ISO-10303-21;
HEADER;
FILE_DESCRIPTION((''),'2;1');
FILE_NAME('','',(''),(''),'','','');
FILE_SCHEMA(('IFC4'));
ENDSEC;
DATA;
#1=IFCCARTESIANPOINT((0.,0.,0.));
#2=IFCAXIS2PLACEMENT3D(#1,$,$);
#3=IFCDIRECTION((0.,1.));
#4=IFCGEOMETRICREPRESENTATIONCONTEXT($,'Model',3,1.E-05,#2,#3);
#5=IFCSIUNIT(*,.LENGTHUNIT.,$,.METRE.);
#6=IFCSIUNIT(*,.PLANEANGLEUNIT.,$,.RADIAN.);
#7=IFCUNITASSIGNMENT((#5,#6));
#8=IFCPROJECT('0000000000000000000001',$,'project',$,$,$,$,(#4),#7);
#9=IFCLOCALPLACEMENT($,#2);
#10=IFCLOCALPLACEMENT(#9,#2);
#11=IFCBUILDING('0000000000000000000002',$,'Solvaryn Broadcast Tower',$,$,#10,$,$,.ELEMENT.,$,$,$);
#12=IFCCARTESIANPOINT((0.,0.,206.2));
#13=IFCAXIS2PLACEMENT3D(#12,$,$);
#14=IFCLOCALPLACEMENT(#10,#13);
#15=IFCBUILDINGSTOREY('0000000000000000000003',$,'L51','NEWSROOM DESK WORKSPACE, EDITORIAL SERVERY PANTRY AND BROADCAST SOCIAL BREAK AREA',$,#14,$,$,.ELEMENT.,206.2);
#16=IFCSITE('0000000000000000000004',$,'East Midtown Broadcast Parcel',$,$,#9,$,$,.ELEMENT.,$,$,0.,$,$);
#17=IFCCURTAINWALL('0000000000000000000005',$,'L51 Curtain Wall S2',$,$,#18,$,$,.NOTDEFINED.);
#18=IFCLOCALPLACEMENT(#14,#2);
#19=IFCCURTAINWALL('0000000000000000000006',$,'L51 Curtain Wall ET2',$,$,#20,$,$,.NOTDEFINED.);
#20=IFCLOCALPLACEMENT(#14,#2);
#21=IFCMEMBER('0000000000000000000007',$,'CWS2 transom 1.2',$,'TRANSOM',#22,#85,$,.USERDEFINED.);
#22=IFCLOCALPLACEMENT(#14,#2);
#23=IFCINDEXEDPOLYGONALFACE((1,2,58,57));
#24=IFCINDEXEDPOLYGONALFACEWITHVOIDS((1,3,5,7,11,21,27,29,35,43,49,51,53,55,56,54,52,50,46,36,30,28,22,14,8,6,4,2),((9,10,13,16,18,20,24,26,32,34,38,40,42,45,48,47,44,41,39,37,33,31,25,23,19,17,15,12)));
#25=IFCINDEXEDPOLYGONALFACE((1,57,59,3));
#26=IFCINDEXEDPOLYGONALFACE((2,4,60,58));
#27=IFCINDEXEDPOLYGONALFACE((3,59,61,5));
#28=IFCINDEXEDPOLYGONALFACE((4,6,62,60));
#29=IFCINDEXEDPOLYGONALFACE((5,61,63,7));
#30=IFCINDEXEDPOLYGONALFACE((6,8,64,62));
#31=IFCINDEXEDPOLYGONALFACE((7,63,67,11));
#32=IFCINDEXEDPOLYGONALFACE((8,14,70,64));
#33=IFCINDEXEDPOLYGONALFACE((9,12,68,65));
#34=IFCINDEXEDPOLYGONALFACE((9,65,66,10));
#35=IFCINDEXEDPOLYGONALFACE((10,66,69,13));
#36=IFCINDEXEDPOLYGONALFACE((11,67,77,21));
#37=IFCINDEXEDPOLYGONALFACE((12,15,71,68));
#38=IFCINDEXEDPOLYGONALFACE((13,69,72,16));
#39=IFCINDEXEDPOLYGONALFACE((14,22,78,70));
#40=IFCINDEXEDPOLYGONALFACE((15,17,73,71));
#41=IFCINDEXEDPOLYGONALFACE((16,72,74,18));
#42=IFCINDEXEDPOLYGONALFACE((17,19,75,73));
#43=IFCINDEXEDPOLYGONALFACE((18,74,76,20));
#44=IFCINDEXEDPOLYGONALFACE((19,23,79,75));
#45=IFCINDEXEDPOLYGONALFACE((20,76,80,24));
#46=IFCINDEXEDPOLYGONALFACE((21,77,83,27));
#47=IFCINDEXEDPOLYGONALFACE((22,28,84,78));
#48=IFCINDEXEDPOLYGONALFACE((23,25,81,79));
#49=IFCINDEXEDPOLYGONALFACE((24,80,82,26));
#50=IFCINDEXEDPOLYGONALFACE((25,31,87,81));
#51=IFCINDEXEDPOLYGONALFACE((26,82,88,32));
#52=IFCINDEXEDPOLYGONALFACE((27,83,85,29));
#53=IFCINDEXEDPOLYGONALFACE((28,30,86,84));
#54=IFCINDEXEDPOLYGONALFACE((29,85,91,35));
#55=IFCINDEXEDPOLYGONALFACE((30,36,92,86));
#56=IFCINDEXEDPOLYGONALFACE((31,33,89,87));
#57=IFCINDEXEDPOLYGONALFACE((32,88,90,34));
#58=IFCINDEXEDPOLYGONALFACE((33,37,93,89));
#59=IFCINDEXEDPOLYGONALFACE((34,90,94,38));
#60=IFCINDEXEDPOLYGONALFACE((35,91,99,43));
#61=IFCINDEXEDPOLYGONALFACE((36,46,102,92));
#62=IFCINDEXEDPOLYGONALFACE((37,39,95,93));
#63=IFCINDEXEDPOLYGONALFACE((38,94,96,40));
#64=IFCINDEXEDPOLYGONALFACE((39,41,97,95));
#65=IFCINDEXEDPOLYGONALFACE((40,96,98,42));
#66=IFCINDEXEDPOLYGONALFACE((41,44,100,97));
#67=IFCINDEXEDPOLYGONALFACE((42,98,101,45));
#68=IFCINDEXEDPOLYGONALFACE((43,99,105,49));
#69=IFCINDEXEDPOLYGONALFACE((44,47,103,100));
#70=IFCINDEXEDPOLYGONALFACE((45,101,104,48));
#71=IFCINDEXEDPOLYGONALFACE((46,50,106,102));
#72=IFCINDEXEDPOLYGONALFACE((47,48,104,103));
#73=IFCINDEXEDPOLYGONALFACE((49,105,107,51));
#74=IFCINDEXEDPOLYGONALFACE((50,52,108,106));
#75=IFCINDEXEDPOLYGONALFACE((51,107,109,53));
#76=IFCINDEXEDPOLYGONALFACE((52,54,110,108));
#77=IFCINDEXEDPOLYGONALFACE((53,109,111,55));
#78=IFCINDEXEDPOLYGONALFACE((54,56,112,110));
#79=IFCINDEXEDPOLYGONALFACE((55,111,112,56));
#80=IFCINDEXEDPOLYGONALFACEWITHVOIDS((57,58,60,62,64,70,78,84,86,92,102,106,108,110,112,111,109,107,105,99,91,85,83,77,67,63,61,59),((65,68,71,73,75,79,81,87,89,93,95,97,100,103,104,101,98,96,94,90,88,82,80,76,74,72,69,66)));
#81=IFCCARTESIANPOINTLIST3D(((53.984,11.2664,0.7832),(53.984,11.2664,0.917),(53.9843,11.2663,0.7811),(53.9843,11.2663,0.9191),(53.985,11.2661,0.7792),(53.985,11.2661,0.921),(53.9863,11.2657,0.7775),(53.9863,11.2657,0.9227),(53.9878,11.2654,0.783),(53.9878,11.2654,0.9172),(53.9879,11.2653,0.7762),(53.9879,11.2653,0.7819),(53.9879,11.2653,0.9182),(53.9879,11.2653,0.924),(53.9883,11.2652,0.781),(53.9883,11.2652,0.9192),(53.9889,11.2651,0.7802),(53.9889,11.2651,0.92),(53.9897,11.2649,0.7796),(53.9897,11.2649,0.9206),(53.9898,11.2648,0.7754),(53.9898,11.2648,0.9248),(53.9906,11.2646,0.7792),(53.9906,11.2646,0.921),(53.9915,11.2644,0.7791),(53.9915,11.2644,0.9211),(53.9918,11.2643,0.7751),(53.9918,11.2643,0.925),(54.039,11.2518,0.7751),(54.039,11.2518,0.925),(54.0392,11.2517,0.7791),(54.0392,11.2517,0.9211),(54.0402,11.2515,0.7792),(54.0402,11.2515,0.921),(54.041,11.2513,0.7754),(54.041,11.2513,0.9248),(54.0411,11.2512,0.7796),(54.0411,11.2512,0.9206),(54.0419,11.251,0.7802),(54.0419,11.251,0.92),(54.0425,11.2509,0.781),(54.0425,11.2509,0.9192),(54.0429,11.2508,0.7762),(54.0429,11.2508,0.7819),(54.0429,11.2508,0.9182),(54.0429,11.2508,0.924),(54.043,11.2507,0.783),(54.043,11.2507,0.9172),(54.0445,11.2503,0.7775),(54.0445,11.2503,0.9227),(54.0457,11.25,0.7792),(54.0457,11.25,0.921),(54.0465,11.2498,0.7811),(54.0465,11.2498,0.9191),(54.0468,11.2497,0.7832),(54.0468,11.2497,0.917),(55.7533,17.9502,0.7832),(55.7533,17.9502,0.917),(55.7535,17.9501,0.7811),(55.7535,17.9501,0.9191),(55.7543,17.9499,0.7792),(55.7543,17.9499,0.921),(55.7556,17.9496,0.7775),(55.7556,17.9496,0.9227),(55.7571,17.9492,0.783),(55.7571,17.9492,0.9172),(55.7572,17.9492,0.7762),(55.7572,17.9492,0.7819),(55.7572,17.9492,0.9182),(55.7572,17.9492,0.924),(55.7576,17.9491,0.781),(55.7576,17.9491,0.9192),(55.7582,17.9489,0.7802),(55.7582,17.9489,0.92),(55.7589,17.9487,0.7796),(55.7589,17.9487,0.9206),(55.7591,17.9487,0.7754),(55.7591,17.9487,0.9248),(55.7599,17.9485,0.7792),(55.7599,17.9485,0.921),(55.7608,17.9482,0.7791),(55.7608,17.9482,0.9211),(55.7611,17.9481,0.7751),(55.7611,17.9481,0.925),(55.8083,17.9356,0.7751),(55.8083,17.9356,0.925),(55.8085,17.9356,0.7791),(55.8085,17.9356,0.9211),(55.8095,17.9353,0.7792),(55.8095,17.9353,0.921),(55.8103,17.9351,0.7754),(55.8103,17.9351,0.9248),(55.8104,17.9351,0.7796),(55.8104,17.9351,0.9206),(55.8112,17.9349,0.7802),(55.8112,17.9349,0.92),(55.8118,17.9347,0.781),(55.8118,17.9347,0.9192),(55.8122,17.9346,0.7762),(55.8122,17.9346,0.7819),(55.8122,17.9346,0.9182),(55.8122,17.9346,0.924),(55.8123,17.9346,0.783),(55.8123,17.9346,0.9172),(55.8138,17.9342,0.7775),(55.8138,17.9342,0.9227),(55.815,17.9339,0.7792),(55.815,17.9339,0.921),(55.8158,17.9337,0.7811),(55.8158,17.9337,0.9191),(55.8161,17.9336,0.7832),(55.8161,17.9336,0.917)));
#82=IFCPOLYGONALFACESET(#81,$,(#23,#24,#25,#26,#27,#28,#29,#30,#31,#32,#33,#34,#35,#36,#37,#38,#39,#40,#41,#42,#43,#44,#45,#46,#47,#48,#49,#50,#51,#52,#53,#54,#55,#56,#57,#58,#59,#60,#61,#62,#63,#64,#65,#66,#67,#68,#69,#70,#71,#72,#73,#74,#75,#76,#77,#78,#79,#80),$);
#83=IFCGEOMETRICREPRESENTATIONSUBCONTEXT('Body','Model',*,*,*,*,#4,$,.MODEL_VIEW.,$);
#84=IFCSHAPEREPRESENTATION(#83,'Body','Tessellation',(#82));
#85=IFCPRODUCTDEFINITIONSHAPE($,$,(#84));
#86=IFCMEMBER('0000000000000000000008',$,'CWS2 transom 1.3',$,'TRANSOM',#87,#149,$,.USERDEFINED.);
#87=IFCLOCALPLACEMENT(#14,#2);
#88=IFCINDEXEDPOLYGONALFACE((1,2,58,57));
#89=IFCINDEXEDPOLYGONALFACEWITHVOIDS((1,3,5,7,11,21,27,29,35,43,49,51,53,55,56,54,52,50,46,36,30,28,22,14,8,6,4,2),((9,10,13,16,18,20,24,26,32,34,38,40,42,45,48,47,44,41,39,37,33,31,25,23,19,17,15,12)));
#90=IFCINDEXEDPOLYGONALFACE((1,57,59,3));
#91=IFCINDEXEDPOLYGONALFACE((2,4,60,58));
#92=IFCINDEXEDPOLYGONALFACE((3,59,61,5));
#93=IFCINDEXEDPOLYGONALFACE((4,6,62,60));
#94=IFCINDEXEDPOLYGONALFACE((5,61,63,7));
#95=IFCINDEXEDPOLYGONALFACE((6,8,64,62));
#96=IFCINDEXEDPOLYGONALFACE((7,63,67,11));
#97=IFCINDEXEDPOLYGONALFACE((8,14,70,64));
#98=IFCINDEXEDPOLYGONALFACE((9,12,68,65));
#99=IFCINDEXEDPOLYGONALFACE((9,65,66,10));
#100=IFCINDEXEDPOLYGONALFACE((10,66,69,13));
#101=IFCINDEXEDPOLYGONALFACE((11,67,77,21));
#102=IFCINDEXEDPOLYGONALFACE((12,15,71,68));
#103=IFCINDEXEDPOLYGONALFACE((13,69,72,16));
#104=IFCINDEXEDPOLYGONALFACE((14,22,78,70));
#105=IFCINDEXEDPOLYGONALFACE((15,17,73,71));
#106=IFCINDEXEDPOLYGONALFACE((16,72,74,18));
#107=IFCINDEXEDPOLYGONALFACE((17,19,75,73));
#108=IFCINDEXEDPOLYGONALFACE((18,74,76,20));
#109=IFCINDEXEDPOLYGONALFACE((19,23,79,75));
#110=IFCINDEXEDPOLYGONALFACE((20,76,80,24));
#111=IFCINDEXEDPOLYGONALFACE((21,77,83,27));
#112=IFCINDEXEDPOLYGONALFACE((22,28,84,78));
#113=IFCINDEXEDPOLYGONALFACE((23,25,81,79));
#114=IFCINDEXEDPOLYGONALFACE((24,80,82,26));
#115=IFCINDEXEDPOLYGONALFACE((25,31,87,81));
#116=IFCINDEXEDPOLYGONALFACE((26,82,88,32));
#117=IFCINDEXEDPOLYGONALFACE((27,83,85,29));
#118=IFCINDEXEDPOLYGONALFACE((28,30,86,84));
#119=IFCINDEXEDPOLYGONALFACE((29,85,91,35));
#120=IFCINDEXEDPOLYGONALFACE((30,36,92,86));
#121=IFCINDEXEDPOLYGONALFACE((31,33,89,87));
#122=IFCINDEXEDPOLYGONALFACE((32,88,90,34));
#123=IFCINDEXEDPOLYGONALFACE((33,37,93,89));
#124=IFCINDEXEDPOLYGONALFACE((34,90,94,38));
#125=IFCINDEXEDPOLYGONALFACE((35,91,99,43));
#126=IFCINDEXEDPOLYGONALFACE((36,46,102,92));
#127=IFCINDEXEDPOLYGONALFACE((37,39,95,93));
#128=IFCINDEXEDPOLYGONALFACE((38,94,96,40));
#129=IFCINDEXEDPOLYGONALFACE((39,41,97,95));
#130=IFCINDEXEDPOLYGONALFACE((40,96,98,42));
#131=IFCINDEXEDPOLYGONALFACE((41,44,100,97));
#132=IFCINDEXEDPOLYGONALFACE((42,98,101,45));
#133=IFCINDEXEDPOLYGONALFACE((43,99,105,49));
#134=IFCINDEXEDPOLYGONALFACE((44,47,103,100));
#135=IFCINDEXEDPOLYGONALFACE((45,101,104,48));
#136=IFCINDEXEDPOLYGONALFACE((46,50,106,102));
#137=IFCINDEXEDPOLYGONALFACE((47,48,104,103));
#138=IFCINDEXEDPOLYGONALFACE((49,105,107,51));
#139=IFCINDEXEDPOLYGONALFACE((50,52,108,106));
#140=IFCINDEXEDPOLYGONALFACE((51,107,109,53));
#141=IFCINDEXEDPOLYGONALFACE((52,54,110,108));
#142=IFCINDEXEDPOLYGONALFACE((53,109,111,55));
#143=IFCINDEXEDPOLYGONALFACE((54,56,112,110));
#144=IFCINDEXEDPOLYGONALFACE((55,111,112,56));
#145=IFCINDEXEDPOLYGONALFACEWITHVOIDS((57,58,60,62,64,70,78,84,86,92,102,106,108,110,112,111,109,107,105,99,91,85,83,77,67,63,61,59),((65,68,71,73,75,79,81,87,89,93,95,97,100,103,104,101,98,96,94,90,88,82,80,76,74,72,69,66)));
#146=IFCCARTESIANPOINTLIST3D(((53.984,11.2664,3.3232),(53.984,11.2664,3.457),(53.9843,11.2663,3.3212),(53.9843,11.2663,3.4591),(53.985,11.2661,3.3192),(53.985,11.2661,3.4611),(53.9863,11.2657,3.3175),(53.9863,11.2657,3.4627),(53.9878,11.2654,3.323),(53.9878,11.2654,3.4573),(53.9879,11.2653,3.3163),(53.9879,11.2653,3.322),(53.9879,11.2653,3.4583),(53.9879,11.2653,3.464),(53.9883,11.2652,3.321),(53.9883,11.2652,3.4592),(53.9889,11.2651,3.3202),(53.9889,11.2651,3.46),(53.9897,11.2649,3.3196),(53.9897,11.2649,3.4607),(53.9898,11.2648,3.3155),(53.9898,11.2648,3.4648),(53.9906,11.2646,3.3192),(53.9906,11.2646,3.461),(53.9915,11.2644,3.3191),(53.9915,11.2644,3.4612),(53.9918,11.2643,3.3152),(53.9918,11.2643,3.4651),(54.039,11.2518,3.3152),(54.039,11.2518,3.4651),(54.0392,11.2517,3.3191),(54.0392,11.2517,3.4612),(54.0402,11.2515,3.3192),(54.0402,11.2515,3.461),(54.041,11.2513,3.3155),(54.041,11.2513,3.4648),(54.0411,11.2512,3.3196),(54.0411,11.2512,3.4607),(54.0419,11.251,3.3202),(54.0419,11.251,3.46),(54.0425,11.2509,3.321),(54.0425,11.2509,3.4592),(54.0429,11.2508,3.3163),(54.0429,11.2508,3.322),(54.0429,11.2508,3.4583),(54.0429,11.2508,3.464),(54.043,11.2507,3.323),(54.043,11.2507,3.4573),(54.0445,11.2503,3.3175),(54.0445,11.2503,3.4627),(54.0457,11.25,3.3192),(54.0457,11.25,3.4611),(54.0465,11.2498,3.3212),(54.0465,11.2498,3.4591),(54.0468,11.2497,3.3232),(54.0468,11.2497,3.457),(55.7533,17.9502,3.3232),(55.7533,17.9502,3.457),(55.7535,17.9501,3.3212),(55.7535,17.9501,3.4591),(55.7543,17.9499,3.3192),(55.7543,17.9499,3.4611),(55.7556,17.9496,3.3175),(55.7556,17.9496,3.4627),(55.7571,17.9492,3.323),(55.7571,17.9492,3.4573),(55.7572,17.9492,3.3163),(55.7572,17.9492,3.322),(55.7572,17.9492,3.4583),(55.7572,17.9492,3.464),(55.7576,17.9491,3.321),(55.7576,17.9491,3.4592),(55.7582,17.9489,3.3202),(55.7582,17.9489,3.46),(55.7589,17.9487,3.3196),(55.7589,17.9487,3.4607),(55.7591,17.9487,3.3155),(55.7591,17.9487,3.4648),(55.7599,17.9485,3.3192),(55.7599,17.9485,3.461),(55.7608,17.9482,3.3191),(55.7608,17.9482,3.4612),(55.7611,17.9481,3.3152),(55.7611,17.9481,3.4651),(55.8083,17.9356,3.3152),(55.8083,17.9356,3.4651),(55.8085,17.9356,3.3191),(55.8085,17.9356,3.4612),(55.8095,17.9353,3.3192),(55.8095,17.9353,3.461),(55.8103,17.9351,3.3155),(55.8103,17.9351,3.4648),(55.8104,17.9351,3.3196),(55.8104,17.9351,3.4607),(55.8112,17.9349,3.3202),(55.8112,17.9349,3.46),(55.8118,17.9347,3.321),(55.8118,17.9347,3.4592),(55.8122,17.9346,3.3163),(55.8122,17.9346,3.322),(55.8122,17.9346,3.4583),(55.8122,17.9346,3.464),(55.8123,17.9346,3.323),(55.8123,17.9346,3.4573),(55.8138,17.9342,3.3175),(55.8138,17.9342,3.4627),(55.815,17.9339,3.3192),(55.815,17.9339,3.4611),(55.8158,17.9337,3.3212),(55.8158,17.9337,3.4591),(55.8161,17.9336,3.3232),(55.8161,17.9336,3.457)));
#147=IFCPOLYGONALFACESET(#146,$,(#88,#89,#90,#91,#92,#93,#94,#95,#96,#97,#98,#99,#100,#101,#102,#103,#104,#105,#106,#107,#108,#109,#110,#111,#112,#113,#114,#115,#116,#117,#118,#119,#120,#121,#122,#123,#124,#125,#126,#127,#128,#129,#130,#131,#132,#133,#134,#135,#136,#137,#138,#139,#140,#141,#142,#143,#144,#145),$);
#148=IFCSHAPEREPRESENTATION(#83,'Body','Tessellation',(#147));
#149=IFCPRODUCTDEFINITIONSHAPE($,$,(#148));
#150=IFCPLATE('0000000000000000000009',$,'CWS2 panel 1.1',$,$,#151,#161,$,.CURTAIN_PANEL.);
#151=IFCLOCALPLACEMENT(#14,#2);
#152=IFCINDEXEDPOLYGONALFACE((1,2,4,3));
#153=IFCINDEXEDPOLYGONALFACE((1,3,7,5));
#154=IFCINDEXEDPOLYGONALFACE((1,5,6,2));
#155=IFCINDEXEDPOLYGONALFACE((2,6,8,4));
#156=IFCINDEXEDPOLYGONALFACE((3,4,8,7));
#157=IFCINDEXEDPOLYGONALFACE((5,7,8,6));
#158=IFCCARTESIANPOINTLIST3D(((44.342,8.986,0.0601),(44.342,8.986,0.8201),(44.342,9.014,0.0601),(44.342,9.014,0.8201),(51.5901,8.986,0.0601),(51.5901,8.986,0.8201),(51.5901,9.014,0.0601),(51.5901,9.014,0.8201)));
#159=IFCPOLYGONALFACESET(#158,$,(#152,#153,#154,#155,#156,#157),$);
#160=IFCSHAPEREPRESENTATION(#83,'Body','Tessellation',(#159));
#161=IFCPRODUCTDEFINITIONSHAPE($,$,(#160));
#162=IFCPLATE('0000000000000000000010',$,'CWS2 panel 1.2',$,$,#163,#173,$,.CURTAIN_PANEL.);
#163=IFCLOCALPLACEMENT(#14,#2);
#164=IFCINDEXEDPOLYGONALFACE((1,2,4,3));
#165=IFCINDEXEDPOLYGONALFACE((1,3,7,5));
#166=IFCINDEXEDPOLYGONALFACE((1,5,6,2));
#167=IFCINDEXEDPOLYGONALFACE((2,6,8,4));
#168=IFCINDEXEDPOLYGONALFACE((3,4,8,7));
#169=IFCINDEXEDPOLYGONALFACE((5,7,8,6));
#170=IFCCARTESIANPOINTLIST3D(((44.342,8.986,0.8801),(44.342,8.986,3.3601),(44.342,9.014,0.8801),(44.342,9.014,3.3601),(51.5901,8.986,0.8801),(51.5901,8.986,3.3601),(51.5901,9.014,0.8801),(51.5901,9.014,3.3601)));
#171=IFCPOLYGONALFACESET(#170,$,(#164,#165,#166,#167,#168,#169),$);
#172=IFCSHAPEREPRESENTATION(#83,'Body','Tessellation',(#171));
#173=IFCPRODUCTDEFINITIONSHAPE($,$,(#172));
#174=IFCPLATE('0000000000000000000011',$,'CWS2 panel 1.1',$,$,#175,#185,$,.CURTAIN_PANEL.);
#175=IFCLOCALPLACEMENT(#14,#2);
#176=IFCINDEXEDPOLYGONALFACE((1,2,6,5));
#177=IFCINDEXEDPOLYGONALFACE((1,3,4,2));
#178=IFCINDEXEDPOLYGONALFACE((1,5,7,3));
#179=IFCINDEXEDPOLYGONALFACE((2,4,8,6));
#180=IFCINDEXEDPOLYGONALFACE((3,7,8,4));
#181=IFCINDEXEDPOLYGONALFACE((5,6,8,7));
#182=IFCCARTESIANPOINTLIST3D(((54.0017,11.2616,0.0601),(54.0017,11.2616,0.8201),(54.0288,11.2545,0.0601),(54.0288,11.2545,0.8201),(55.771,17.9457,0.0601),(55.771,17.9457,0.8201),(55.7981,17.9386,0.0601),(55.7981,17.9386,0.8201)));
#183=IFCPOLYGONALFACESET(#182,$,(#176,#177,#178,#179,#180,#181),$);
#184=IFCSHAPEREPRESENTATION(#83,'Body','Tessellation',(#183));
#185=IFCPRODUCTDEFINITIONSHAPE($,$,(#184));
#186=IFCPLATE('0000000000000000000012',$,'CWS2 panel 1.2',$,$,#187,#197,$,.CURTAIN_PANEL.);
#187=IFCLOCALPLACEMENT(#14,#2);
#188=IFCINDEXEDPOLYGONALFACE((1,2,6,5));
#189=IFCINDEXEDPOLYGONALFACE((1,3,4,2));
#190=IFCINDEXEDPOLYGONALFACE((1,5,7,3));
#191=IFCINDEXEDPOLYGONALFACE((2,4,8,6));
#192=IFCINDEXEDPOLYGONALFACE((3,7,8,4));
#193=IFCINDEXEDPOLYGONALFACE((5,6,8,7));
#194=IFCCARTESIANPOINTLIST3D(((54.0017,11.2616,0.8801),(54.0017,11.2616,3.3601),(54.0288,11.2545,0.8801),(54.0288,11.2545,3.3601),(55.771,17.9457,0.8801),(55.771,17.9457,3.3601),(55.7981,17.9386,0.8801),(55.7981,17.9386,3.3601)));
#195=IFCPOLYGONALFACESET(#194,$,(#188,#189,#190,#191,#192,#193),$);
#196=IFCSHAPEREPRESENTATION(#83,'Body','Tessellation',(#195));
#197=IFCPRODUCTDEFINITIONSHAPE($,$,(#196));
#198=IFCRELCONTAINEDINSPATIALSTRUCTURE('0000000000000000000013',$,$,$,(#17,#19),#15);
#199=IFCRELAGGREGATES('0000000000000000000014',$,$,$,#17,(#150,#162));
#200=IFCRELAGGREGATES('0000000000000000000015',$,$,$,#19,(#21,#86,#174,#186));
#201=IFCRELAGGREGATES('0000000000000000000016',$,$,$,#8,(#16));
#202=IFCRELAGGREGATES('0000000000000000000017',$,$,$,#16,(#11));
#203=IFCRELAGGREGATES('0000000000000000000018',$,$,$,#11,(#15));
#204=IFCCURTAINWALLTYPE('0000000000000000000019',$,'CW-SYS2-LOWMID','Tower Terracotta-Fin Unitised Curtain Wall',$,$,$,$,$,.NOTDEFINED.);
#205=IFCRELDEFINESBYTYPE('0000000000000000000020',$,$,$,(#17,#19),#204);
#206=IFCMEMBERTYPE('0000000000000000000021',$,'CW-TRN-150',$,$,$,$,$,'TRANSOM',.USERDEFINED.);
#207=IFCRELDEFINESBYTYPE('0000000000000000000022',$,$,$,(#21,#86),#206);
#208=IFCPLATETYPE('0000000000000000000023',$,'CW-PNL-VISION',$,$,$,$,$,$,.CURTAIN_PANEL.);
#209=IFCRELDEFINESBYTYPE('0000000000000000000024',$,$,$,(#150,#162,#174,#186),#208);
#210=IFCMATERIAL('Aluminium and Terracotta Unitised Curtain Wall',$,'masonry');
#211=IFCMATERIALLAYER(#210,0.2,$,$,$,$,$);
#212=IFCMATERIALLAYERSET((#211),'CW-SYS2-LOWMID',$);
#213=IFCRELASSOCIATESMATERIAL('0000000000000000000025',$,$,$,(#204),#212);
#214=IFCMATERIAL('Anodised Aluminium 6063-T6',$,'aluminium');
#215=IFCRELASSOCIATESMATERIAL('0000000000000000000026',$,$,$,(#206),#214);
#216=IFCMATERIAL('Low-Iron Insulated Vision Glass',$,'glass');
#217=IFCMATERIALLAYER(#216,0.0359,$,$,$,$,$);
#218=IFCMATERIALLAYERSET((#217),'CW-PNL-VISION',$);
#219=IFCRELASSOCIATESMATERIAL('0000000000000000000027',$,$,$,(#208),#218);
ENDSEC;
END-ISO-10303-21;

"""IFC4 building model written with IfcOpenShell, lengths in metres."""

from ifc_helpers import new_model, si_unit, direction, frame, origin, origin_2d, place, context, subcontext, project, spatial, rectangle, hollow_rectangle, extrude, material, layer, layer_set, material_profile, profile_set, type_object, element, aggregate, save


model = new_model("IFC4")

# Units and contexts
model_context = context("Model", 3, precision=1e-05, world=origin(), true_north=direction((0.0, 1.0)))
body_context = subcontext(model_context, "Body", "Model", "MODEL_VIEW")
ifc_project = project(units=[si_unit("LENGTHUNIT", "METRE"), si_unit("PLANEANGLEUNIT", "RADIAN")], contexts=[model_context])

# Site, building, storey
site_placement = place(None, origin())
site = spatial("IfcSite", under=ifc_project, at=site_placement, Name="East Midtown Broadcast Parcel", CompositionType="ELEMENT", RefElevation=0.0)
building_placement = place(site_placement, origin())
building = spatial("IfcBuilding", under=site, at=building_placement, Name="Solvaryn Broadcast Tower", CompositionType="ELEMENT")
storey_placement = place(building_placement, frame((0.0, 0.0, 206.2)))
storey = spatial("IfcBuildingStorey", under=building, at=storey_placement, Name="L51", Description="NEWSROOM DESK WORKSPACE, EDITORIAL SERVERY PANTRY AND BROADCAST SOCIAL BREAK AREA", CompositionType="ELEMENT", Elevation=206.2)

# Curtain wall
ifc_material_1 = material(Name="Aluminium and Terracotta Unitised Curtain Wall", Category="masonry")
ifc_layer_1 = layer(ifc_material_1, 0.2)
ifc_layer_set_1 = layer_set([ifc_layer_1], Name="CW-SYS2-LOWMID")
curtain_wall_type = type_object("IfcCurtainWallType", Name="CW-SYS2-LOWMID", Description="Tower Terracotta-Fin Unitised Curtain Wall", PredefinedType="NOTDEFINED", material=ifc_layer_set_1)
curtain_wall_1_placement = place(storey_placement, origin())
curtain_wall_1 = element("IfcCurtainWall", 1, at=curtain_wall_1_placement, inside=storey, type_object=curtain_wall_type, Name="L51 Curtain Wall S2", PredefinedType="NOTDEFINED")

# Curtain wall, members
curtain_wall_2_placement = place(storey_placement, origin())
curtain_wall_2 = element("IfcCurtainWall", 2, at=curtain_wall_2_placement, inside=storey, type_object=curtain_wall_type, Name="L51 Curtain Wall ET2", PredefinedType="NOTDEFINED")
ifc_material_2 = material(Name="Anodised Aluminium 6063-T6", Category="aluminium")
ifc_material_profile_1 = material_profile(ifc_material_2, hollow_rectangle(XDim=0.0649, YDim=0.1499, WallThickness=0.0039, InnerFilletRadius=0.0039, OuterFilletRadius=0.0081, at=origin_2d()))
ifc_profile_set_1 = profile_set([ifc_material_profile_1], Name="Anodised Aluminium 6063-T6")
member_type_1 = type_object("IfcMemberType", Name="CW-TRN-150", ElementType="TRANSOM", PredefinedType="USERDEFINED", material=ifc_profile_set_1)
member_1_placement = place(storey_placement, frame((55.7847, 17.9419, 0.8501), z_axis=(-0.255897, -0.966704, 0.0), x_axis=(0.966704, -0.255897, 0.0)))
member_1 = element("IfcMember", 3, at=member_1_placement, type_object=member_type_1, Name="CWS2 transom 1.2", ObjectType="TRANSOM", PredefinedType="USERDEFINED", context=body_context, shape_type="SweptSolid", body=[
    extrude(hollow_rectangle(XDim=0.0649, YDim=0.1499, WallThickness=0.0039, InnerFilletRadius=0.0039, OuterFilletRadius=0.0081, at=origin_2d()), origin(), (0.0, 0.0, 1.0), 6.9141),
])
member_2_placement = place(storey_placement, frame((55.7847, 17.9419, 3.3901), z_axis=(-0.255897, -0.966704, 0.0), x_axis=(0.966704, -0.255897, 0.0)))
member_2 = element("IfcMember", 4, at=member_2_placement, type_object=member_type_1, Name="CWS2 transom 1.3", ObjectType="TRANSOM", PredefinedType="USERDEFINED", context=body_context, shape_type="SweptSolid", body=[
    extrude(hollow_rectangle(XDim=0.0649, YDim=0.1499, WallThickness=0.0039, InnerFilletRadius=0.0039, OuterFilletRadius=0.0081, at=origin_2d()), origin(), (0.0, 0.0, 1.0), 6.9141),
])

# Plates
ifc_material_3 = material(Name="Low-Iron Insulated Vision Glass", Category="glass")
ifc_layer_2 = layer(ifc_material_3, 0.0359)
ifc_layer_set_2 = layer_set([ifc_layer_2], Name="CW-PNL-VISION")
plate_type = type_object("IfcPlateType", Name="CW-PNL-VISION", PredefinedType="CURTAIN_PANEL", material=ifc_layer_set_2)
plate_1_placement = place(storey_placement, frame((47.9661, 9.0, 0.0601), z_axis=(0.0, 0.0, 1.0), x_axis=(1.0, 0.0, 0.0)))
plate_1 = element("IfcPlate", 5, at=plate_1_placement, type_object=plate_type, Name="CWS2 panel 1.1", PredefinedType="CURTAIN_PANEL", context=body_context, shape_type="SweptSolid", body=[
    extrude(rectangle(XDim=7.248, YDim=0.0281, at=origin_2d()), origin(), (0.0, 0.0, 1.0), 0.76),
])
plate_2_placement = place(storey_placement, frame((47.9661, 9.0, 0.8801), z_axis=(0.0, 0.0, 1.0), x_axis=(1.0, 0.0, 0.0)))
plate_2 = element("IfcPlate", 6, at=plate_2_placement, type_object=plate_type, Name="CWS2 panel 1.2", PredefinedType="CURTAIN_PANEL", context=body_context, shape_type="SweptSolid", body=[
    extrude(rectangle(XDim=7.248, YDim=0.0281, at=origin_2d()), origin(), (0.0, 0.0, 1.0), 2.48),
])
aggregate(curtain_wall_1, [plate_1, plate_2])
plate_3_placement = place(storey_placement, frame((54.8999, 14.6001, 0.0601), z_axis=(0.0, 0.0, 1.0), x_axis=(-0.255893, -0.966705, 0.0)))
plate_3 = element("IfcPlate", 7, at=plate_3_placement, type_object=plate_type, Name="CWS2 panel 1.1", PredefinedType="CURTAIN_PANEL", context=body_context, shape_type="SweptSolid", body=[
    extrude(rectangle(XDim=6.9143, YDim=0.0281, at=origin_2d()), origin(), (0.0, 0.0, 1.0), 0.76),
])
plate_4_placement = place(storey_placement, frame((54.8999, 14.6001, 0.8801), z_axis=(0.0, 0.0, 1.0), x_axis=(-0.255893, -0.966705, 0.0)))
plate_4 = element("IfcPlate", 8, at=plate_4_placement, type_object=plate_type, Name="CWS2 panel 1.2", PredefinedType="CURTAIN_PANEL", context=body_context, shape_type="SweptSolid", body=[
    extrude(rectangle(XDim=6.9143, YDim=0.0281, at=origin_2d()), origin(), (0.0, 0.0, 1.0), 2.48),
])
aggregate(curtain_wall_2, [member_1, member_2, plate_3, plate_4])

save(model, "model.ifc")
